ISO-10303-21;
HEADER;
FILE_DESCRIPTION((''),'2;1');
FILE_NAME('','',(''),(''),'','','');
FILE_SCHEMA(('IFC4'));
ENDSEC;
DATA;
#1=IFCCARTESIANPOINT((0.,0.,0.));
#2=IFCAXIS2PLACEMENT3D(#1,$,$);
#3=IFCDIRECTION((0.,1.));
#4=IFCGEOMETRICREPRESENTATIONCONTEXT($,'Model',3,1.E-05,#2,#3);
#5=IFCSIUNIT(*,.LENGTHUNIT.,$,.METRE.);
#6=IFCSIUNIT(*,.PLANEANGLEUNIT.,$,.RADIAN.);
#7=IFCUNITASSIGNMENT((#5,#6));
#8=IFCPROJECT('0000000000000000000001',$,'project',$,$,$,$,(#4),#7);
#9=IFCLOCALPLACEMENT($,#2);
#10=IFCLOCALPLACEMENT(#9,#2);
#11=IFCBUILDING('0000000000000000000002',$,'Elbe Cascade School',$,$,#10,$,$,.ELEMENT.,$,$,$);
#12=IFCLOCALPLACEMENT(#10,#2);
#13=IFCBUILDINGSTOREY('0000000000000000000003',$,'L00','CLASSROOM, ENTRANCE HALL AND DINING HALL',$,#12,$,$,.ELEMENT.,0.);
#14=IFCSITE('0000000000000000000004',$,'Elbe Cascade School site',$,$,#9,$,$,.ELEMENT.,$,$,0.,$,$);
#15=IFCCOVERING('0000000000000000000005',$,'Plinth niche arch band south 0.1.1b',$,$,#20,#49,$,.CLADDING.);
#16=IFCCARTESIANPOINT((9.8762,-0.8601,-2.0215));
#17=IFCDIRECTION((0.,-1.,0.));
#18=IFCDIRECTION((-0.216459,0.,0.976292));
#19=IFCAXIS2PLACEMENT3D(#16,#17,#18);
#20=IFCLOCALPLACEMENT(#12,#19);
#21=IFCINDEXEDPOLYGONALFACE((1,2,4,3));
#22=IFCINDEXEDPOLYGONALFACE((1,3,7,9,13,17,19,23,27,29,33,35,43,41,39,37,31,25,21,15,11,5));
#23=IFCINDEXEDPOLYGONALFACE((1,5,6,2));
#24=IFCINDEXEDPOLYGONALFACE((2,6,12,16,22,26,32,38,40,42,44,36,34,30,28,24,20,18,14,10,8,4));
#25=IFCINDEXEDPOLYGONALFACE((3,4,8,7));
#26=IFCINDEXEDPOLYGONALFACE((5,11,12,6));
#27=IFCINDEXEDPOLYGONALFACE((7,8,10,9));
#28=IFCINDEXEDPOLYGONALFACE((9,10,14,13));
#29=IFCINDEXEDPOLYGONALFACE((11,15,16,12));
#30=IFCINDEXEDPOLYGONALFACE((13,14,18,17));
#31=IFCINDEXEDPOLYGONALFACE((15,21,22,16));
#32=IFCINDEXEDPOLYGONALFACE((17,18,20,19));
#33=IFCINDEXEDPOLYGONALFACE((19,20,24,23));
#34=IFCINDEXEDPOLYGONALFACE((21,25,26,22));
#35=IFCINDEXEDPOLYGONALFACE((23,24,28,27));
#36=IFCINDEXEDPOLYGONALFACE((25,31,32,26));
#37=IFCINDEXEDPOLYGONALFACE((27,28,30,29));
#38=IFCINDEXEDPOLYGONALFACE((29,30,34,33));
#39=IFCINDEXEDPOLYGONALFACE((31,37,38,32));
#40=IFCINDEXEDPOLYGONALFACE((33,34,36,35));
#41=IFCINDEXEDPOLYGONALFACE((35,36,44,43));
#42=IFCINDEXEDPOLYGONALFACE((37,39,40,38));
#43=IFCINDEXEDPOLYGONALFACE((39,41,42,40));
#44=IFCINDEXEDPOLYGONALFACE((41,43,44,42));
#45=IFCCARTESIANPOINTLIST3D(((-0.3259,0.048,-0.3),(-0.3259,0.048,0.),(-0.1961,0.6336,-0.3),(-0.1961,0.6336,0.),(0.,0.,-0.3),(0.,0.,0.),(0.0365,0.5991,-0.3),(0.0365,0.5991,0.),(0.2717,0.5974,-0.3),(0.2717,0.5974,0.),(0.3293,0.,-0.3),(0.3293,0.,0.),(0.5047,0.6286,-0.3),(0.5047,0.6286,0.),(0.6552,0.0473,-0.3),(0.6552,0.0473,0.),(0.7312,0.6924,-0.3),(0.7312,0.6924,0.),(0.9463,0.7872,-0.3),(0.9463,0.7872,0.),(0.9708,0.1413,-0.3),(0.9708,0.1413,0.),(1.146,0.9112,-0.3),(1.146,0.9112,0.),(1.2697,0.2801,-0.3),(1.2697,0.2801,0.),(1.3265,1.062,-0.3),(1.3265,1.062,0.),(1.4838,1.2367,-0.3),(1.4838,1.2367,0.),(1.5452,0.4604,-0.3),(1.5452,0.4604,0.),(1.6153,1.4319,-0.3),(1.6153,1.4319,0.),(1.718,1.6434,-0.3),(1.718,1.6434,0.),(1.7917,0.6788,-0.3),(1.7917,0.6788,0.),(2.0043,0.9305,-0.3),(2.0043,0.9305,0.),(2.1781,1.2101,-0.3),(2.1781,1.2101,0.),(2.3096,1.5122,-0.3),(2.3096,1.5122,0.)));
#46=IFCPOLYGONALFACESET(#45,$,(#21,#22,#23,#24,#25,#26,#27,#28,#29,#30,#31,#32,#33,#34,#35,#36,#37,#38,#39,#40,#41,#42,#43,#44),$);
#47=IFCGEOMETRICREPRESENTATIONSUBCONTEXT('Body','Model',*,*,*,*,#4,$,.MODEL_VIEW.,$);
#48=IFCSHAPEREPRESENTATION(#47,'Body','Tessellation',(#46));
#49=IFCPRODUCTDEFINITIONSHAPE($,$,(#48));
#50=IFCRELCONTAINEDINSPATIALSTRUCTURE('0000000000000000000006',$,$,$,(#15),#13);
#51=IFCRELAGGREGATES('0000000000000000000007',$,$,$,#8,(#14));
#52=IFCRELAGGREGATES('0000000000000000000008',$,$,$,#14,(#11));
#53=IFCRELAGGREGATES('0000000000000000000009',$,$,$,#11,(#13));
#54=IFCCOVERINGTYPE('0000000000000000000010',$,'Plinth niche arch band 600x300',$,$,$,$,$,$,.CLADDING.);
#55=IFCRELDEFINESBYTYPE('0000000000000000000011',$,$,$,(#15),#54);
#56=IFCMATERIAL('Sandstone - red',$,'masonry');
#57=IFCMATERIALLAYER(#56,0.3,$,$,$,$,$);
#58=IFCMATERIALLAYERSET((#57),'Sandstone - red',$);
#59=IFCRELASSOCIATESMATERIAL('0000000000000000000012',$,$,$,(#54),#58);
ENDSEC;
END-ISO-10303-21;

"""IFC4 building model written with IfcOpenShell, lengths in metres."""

from ifc_helpers import new_model, si_unit, direction, frame, origin, place, context, subcontext, project, spatial, polyline, outline, extrude, material, layer, layer_set, type_object, element, save


model = new_model("IFC4")

# Units and contexts
model_context = context("Model", 3, precision=1e-05, world=origin(), true_north=direction((0.0, 1.0)))
body_context = subcontext(model_context, "Body", "Model", "MODEL_VIEW")
ifc_project = project(units=[si_unit("LENGTHUNIT", "METRE"), si_unit("PLANEANGLEUNIT", "RADIAN")], contexts=[model_context])

# Site, building, storey
site_placement = place(None, origin())
site = spatial("IfcSite", under=ifc_project, at=site_placement, Name="Elbe Cascade School site", CompositionType="ELEMENT", RefElevation=0.0)
building_placement = place(site_placement, origin())
building = spatial("IfcBuilding", under=site, at=building_placement, Name="Elbe Cascade School", CompositionType="ELEMENT")
storey_placement = place(building_placement, origin())
storey = spatial("IfcBuildingStorey", under=building, at=storey_placement, Name="L00", Description="CLASSROOM, ENTRANCE HALL AND DINING HALL", CompositionType="ELEMENT", Elevation=0.0)

# Covering
ifc_material_1 = material(Name="Sandstone - red", Category="masonry")
ifc_layer_1 = layer(ifc_material_1, 0.3)
ifc_layer_set_1 = layer_set([ifc_layer_1], Name="Sandstone - red")
covering_type_1 = type_object("IfcCoveringType", Name="Plinth niche arch band 600x300", PredefinedType="CLADDING", material=ifc_layer_set_1)
covering_1_placement = place(storey_placement, frame((9.8762, -0.8601, -2.0215), z_axis=(0.0, -1.0, 0.0), x_axis=(-0.216459, 0.0, 0.976292)))
element("IfcCovering", 1, at=covering_1_placement, inside=storey, type_object=covering_type_1, Name="Plinth niche arch band south 0.1.1b", PredefinedType="CLADDING", context=body_context, shape_type="SweptSolid", body=[
    extrude(outline(polyline([(0.0, 0.0), (0.3293, 0.0), (0.6552, 0.0473), (0.9708, 0.1413), (1.2697, 0.2801), (1.5452, 0.4604), (1.7917, 0.6788), (2.0043, 0.9305), (2.1781, 1.2101), (2.3096, 1.5122), (1.718, 1.6434), (1.6153, 1.4319), (1.4838, 1.2367), (1.3265, 1.062), (1.146, 0.9112), (0.9463, 0.7872), (0.7312, 0.6924), (0.5047, 0.6286), (0.2717, 0.5974), (0.0365, 0.5991), (-0.1961, 0.6336), (-0.3259, 0.048), (0.0, 0.0)])), origin(), (0.0, 0.0, -1.0), 0.3),
])

save(model, "model.ifc")
